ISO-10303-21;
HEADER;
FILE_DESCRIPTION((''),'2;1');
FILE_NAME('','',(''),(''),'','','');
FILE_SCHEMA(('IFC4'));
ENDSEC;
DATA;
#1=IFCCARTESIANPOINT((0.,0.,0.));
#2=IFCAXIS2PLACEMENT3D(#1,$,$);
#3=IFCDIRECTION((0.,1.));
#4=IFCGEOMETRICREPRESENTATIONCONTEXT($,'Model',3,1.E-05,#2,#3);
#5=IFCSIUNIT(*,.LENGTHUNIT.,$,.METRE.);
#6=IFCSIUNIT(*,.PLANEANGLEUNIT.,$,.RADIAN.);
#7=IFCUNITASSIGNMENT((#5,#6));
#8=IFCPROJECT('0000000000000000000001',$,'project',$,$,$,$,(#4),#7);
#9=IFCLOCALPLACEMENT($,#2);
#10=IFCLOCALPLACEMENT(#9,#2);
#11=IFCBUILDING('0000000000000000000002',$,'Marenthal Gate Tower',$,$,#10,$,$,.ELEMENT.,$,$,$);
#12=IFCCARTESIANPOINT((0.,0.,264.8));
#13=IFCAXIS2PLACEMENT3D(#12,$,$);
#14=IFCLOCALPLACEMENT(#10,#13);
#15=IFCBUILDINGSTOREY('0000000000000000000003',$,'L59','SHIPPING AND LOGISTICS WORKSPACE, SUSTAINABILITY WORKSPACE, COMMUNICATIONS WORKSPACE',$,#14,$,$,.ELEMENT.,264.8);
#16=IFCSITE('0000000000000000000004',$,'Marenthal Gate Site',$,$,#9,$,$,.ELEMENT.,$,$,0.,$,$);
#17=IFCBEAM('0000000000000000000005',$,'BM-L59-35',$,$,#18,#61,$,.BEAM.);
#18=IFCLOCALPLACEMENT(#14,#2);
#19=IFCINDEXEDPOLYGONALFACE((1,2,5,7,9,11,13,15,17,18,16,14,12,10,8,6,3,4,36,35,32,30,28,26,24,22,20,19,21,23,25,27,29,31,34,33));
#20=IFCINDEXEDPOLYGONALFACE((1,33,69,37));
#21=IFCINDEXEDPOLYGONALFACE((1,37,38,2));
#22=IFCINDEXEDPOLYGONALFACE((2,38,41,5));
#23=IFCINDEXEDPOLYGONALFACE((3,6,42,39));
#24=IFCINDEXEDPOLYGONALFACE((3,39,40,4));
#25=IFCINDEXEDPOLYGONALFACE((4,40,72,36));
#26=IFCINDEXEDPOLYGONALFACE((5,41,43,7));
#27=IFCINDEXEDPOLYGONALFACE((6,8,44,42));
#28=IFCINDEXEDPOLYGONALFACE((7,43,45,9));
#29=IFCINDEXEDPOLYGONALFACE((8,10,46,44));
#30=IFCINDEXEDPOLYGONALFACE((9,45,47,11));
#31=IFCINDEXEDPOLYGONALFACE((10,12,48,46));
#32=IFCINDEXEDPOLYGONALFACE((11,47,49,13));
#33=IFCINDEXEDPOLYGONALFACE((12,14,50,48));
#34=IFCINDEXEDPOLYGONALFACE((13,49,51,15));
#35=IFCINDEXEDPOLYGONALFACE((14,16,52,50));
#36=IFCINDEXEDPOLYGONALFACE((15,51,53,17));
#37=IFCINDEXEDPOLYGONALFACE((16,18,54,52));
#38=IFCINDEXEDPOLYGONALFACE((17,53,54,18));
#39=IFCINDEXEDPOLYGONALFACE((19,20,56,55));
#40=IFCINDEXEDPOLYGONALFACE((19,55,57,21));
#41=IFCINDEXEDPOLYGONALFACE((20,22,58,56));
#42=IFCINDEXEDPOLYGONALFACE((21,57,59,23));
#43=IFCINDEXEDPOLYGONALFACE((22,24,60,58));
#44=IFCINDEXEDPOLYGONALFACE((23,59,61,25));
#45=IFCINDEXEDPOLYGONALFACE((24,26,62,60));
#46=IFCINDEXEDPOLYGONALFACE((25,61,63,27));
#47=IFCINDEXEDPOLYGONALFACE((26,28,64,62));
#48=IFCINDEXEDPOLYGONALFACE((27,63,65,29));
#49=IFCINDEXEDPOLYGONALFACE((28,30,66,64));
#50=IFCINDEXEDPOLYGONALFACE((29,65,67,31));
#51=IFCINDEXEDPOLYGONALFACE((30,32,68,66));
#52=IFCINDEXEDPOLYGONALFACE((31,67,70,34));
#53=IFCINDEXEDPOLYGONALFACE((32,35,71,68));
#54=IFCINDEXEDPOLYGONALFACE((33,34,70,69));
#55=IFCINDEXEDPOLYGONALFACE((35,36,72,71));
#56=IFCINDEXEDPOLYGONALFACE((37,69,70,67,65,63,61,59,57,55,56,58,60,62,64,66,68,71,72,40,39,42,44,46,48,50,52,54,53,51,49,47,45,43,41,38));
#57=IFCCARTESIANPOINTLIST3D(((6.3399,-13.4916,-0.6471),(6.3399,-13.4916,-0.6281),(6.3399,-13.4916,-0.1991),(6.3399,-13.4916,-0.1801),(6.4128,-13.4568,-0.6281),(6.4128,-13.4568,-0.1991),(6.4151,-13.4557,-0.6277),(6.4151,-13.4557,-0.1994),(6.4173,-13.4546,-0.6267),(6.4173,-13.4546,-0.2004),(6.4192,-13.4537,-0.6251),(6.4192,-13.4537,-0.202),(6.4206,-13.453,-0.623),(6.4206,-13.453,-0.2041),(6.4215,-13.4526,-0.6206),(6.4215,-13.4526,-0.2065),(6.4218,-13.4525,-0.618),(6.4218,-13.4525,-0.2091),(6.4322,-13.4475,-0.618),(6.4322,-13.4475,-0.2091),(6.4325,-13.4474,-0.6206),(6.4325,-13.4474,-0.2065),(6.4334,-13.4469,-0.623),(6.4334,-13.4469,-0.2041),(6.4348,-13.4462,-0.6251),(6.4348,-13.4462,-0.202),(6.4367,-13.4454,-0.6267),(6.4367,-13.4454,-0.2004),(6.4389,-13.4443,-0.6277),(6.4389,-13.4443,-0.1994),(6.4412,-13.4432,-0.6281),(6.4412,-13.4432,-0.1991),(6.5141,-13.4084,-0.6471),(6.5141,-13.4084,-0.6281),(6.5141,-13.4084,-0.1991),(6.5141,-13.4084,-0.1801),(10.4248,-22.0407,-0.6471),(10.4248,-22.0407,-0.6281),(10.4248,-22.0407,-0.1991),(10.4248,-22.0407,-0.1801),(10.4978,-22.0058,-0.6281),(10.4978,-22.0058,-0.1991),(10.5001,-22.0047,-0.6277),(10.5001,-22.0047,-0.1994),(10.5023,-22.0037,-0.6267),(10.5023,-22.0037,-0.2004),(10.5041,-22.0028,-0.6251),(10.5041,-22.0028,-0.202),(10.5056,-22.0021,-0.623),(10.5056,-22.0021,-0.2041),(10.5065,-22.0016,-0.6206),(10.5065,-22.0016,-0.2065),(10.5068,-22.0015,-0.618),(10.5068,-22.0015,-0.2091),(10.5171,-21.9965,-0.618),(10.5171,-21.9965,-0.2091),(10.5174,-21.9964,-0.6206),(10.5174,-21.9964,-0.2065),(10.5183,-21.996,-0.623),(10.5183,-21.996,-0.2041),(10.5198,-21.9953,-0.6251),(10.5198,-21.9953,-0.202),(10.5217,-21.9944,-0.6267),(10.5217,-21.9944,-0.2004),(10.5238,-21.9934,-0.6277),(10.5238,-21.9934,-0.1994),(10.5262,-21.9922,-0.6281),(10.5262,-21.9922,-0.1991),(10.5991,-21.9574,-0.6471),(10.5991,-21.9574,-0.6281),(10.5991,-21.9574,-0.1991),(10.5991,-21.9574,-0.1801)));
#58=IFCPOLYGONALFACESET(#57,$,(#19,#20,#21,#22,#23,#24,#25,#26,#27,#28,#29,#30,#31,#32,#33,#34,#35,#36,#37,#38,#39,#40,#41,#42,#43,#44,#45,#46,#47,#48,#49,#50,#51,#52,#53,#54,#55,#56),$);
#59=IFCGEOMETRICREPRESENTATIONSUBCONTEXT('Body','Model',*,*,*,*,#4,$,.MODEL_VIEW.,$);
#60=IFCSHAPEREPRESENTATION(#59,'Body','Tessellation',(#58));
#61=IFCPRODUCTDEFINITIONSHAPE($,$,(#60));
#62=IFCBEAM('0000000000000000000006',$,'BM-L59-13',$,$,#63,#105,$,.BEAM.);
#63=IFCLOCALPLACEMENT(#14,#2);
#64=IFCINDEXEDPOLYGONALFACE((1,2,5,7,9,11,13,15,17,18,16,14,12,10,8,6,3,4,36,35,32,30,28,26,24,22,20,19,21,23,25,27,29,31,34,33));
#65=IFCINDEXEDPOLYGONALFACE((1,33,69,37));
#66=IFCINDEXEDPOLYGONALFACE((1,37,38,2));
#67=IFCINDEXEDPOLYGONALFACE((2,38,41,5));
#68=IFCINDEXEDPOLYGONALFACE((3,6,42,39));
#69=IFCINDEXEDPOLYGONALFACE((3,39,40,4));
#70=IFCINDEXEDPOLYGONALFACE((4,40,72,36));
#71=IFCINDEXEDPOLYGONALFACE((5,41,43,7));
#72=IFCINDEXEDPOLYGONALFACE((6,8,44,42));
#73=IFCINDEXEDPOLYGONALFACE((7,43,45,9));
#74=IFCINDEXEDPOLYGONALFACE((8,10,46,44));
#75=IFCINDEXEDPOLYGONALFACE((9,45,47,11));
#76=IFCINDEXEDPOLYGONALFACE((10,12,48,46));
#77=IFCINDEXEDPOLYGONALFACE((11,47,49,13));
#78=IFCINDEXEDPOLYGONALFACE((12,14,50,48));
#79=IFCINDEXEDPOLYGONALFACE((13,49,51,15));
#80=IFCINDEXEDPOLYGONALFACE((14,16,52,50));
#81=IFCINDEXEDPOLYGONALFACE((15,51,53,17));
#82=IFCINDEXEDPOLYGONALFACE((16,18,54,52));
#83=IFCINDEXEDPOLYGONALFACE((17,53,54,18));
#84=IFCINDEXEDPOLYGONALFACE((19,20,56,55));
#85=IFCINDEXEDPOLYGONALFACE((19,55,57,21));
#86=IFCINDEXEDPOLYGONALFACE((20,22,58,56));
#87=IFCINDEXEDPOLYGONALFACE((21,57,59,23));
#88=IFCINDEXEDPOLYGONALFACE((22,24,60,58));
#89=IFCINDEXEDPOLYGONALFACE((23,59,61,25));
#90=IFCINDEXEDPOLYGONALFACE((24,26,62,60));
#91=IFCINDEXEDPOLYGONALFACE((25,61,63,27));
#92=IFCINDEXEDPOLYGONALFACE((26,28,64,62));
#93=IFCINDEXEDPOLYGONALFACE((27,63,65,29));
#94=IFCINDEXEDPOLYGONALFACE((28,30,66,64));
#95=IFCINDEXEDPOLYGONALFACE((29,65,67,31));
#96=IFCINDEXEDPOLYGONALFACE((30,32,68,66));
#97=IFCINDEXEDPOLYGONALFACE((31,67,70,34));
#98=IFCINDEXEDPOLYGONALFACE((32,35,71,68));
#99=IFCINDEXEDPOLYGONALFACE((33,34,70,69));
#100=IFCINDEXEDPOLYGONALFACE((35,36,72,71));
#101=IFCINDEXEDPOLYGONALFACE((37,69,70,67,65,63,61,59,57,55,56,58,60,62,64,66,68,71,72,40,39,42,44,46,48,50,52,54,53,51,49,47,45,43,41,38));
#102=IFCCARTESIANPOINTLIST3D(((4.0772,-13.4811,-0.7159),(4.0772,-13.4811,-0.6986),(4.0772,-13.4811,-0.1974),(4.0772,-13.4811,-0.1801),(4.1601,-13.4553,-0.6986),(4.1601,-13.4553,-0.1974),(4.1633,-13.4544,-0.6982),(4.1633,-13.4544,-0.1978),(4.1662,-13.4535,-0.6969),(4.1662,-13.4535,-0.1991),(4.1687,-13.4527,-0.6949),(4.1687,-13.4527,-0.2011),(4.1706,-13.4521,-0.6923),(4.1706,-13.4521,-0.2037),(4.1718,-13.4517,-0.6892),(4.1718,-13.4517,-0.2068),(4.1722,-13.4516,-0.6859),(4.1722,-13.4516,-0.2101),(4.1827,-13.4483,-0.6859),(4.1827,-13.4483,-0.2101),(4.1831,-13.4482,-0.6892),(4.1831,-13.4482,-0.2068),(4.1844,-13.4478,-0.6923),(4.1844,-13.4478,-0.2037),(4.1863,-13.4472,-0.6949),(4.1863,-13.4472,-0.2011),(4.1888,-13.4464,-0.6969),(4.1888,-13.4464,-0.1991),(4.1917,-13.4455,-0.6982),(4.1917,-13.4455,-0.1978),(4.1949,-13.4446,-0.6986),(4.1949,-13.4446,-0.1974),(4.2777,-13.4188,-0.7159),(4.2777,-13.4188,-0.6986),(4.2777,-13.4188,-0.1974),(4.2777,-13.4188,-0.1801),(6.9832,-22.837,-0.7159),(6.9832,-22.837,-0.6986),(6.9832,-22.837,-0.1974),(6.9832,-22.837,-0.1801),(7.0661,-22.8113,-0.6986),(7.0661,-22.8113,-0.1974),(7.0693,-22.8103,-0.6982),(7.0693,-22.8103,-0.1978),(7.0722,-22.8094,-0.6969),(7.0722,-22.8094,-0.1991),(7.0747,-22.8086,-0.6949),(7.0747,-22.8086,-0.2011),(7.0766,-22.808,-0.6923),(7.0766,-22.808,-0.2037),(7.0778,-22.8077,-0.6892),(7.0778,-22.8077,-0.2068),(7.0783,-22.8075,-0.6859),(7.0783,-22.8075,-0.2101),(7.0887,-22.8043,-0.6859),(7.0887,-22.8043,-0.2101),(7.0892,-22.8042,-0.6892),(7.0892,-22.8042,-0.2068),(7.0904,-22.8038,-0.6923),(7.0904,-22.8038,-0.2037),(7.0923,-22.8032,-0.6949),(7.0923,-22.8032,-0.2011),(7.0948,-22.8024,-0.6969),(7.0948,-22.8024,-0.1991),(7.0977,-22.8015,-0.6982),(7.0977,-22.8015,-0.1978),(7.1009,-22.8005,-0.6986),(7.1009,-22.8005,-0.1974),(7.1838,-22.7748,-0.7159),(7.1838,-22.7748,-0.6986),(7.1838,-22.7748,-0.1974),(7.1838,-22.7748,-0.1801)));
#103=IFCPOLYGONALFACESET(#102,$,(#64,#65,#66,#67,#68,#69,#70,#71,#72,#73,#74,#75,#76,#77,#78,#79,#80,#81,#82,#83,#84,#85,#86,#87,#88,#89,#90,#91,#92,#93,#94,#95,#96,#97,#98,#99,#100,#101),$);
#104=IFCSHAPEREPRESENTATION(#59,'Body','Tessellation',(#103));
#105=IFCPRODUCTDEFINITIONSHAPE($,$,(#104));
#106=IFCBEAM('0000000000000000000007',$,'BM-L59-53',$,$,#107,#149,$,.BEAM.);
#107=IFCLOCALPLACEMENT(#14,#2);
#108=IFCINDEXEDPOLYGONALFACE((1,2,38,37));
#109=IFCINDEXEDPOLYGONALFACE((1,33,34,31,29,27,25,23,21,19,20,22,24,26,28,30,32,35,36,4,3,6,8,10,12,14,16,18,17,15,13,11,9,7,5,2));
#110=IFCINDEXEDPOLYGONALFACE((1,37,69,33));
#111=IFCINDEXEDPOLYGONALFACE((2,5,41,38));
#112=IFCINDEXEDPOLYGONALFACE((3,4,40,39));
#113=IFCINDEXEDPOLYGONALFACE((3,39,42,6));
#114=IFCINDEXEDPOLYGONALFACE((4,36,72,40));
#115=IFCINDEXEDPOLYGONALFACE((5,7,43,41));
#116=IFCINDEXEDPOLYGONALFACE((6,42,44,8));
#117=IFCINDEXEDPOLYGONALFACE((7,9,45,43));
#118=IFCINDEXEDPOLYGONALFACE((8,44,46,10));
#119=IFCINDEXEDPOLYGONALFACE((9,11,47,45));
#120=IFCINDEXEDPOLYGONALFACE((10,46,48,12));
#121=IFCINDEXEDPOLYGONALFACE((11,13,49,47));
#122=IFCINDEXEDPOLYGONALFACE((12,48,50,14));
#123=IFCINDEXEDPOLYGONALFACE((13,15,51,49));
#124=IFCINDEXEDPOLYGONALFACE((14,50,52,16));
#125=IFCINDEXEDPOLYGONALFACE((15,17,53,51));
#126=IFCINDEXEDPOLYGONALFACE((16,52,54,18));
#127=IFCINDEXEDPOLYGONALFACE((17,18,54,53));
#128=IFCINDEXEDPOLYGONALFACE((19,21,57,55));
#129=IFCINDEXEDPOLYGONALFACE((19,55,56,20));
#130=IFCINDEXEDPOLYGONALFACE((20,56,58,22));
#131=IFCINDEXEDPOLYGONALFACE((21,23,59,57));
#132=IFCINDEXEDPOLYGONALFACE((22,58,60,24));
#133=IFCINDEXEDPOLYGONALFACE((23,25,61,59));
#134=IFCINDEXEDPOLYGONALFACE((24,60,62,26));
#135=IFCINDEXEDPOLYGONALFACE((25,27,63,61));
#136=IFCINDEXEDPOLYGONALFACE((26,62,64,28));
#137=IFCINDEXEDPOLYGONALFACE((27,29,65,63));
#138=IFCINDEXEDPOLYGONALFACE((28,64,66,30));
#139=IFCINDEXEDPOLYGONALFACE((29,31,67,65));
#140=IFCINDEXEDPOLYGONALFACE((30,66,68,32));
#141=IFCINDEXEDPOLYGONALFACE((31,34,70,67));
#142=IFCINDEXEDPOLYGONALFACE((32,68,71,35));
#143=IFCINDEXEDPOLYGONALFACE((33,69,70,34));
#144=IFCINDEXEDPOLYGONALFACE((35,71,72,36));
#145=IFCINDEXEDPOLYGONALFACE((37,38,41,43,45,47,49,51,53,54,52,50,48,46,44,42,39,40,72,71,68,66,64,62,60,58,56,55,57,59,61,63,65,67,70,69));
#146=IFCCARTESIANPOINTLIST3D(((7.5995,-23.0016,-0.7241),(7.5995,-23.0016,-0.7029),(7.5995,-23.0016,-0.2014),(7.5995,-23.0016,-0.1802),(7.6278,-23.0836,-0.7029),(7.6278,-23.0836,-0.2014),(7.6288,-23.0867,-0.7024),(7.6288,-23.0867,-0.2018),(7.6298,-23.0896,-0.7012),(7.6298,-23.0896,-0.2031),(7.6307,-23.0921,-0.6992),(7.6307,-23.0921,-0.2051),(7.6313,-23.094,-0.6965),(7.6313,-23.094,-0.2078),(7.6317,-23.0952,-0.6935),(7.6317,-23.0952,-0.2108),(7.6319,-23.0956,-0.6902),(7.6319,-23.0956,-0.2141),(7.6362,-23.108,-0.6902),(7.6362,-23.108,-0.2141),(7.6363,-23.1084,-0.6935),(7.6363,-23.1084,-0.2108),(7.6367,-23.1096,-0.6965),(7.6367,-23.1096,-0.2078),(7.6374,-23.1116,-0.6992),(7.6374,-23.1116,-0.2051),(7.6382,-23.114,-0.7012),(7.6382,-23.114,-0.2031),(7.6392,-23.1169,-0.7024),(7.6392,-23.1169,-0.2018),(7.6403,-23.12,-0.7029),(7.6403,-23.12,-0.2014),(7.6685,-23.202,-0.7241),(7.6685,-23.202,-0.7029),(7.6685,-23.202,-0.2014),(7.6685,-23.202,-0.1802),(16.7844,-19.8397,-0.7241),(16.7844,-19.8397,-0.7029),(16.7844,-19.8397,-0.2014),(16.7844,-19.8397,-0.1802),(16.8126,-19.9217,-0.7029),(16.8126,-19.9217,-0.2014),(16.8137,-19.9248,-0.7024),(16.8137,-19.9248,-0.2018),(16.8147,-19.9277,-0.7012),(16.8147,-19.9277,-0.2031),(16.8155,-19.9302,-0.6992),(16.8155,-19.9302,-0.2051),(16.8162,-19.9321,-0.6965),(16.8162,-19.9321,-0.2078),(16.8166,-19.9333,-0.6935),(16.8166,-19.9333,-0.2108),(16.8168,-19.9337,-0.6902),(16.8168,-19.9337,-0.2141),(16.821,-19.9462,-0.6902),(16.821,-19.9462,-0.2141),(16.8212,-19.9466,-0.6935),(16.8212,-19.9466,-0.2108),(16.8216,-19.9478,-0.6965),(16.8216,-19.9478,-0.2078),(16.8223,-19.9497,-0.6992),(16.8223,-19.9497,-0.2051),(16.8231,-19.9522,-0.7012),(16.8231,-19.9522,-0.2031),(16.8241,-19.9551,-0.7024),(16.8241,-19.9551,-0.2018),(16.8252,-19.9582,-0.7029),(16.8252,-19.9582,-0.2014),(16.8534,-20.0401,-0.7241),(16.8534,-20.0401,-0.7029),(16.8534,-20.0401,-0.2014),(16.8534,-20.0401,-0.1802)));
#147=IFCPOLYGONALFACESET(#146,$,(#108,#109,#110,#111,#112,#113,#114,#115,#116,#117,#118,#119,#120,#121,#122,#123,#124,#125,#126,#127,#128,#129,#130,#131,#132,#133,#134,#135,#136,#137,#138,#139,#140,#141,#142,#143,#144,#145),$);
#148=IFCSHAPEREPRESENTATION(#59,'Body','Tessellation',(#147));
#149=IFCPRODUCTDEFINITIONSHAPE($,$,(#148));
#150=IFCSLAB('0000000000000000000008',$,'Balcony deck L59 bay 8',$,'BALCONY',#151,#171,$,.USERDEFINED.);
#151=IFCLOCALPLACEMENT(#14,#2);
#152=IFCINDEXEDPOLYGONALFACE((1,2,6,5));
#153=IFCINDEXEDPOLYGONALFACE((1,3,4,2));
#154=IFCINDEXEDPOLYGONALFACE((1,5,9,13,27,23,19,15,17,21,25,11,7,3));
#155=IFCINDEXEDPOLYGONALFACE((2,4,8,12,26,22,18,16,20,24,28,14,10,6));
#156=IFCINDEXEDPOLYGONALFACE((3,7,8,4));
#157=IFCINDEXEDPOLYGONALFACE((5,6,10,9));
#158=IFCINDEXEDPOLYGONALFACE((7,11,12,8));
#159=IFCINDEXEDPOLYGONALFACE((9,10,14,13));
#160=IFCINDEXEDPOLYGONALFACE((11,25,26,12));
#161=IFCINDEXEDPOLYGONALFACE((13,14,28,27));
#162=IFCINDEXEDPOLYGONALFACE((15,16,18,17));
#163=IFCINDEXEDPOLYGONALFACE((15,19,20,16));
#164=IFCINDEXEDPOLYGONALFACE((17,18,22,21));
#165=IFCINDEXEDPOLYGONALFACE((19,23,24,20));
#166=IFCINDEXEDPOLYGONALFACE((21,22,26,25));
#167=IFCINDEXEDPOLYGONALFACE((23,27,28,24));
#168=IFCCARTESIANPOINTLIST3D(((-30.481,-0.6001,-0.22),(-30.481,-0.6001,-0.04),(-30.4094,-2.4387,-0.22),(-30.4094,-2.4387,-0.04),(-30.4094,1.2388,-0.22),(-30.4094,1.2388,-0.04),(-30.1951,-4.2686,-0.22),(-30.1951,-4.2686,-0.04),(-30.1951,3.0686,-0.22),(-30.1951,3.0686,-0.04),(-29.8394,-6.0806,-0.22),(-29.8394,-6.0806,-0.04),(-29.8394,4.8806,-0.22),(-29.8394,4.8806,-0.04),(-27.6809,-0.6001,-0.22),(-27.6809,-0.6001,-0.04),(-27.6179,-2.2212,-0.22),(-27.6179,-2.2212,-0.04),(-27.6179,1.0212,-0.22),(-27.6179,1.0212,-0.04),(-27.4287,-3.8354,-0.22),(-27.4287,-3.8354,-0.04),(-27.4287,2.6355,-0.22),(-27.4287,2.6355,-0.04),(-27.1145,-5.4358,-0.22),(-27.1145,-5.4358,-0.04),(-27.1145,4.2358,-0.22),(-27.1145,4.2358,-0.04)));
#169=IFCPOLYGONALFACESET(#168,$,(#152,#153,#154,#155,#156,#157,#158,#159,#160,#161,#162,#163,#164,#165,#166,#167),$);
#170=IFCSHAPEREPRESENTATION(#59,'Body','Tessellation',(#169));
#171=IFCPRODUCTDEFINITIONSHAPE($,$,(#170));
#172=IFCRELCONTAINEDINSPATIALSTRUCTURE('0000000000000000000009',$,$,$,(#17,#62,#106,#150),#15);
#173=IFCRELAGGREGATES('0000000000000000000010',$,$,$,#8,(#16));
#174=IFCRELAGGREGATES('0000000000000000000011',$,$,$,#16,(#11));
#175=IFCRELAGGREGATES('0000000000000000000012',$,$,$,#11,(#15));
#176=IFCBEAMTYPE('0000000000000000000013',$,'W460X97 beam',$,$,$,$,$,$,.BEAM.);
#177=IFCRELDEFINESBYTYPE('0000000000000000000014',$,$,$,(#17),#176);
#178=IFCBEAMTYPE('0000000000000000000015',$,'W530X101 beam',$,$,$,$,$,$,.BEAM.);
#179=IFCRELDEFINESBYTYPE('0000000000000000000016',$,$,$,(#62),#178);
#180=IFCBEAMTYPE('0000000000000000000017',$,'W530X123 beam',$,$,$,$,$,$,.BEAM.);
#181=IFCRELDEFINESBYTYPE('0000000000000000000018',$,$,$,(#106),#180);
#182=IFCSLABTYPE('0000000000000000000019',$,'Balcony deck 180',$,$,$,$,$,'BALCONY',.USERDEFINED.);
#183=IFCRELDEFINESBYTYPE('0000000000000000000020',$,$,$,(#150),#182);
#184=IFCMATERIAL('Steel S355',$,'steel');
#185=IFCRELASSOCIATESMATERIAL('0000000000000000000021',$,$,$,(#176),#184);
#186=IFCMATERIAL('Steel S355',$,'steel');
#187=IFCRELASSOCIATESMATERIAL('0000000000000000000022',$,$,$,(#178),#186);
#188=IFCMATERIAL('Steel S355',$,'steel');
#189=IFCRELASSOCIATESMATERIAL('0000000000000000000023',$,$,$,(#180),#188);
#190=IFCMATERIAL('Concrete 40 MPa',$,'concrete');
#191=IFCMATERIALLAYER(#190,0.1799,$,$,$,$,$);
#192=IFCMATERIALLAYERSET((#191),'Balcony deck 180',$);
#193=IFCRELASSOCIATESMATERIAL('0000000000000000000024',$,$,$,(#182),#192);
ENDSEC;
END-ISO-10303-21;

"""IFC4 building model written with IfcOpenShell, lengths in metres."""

from ifc_helpers import new_model, si_unit, direction, frame, origin, origin_2d, place, context, subcontext, project, spatial, polyline, i_section, outline, extrude, material, layer, layer_set, material_profile, profile_set, type_object, element, save


model = new_model("IFC4")

# Units and contexts
model_context = context("Model", 3, precision=1e-05, world=origin(), true_north=direction((0.0, 1.0)))
body_context = subcontext(model_context, "Body", "Model", "MODEL_VIEW")
ifc_project = project(units=[si_unit("LENGTHUNIT", "METRE"), si_unit("PLANEANGLEUNIT", "RADIAN")], contexts=[model_context])

# Site, building, storey
site_placement = place(None, origin())
site = spatial("IfcSite", under=ifc_project, at=site_placement, Name="Marenthal Gate Site", CompositionType="ELEMENT", RefElevation=0.0)
building_placement = place(site_placement, origin())
building = spatial("IfcBuilding", under=site, at=building_placement, Name="Marenthal Gate Tower", CompositionType="ELEMENT")
storey_placement = place(building_placement, frame((0.0, 0.0, 264.8)))
storey = spatial("IfcBuildingStorey", under=building, at=storey_placement, Name="L59", Description="SHIPPING AND LOGISTICS WORKSPACE, SUSTAINABILITY WORKSPACE, COMMUNICATIONS WORKSPACE", CompositionType="ELEMENT", Elevation=264.8)

# Beams
ifc_material_1 = material(Name="Steel S355", Category="steel")
ifc_material_profile_1 = material_profile(ifc_material_1, i_section(OverallWidth=0.1931, OverallDepth=0.467, WebThickness=0.0115, FlangeThickness=0.019, FilletRadius=0.01, at=origin_2d()), Name="W460X97")
ifc_profile_set_1 = profile_set([ifc_material_profile_1], Name="Steel S355")
beam_type_1 = type_object("IfcBeamType", Name="W460X97 beam", PredefinedType="BEAM", material=ifc_profile_set_1)
beam_1_placement = place(storey_placement, frame((10.512, -21.999, -0.4136), z_axis=(-0.431135, 0.902287, 0.0), x_axis=(-0.902287, -0.431135, 0.0)))
element("IfcBeam", 1, at=beam_1_placement, inside=storey, type_object=beam_type_1, Name="BM-L59-35", PredefinedType="BEAM", context=body_context, shape_type="SweptSolid", body=[
    extrude(i_section(OverallWidth=0.1931, OverallDepth=0.467, WebThickness=0.0115, FlangeThickness=0.019, FilletRadius=0.01, at=origin_2d()), origin(), (0.0, 0.0, 1.0), 9.4749),
])
ifc_material_2 = material(Name="Steel S355", Category="steel")
ifc_material_profile_2 = material_profile(ifc_material_2, i_section(OverallWidth=0.21, OverallDepth=0.5359, WebThickness=0.011, FlangeThickness=0.0173, FilletRadius=0.0127, at=origin_2d()), Name="W530X101")
ifc_profile_set_2 = profile_set([ifc_material_profile_2], Name="Steel S355")
beam_type_2 = type_object("IfcBeamType", Name="W530X101 beam", PredefinedType="BEAM", material=ifc_profile_set_2)
beam_2_placement = place(storey_placement, frame((7.0835, -22.8059, -0.448), z_axis=(-0.296626, 0.954994, 0.0), x_axis=(-0.954994, -0.296626, 0.0)))
element("IfcBeam", 2, at=beam_2_placement, inside=storey, type_object=beam_type_2, Name="BM-L59-13", PredefinedType="BEAM", context=body_context, shape_type="SweptSolid", body=[
    extrude(i_section(OverallWidth=0.21, OverallDepth=0.5359, WebThickness=0.011, FlangeThickness=0.0173, FilletRadius=0.0127, at=origin_2d()), origin(), (0.0, 0.0, 1.0), 9.7969),
])
ifc_material_3 = material(Name="Steel S355", Category="steel")
ifc_material_profile_3 = material_profile(ifc_material_3, i_section(OverallWidth=0.2119, OverallDepth=0.5439, WebThickness=0.0132, FlangeThickness=0.0212, FilletRadius=0.0127, at=origin_2d()), Name="W530X123")
ifc_profile_set_3 = profile_set([ifc_material_profile_3], Name="Steel S355")
beam_type_3 = type_object("IfcBeamType", Name="W530X123 beam", PredefinedType="BEAM", material=ifc_profile_set_3)
beam_3_placement = place(storey_placement, frame((7.634, -23.1018, -0.4521), z_axis=(0.945541, 0.325502, 0.0), x_axis=(-0.325502, 0.945541, 0.0)))
element("IfcBeam", 3, at=beam_3_placement, inside=storey, type_object=beam_type_3, Name="BM-L59-53", PredefinedType="BEAM", context=body_context, shape_type="SweptSolid", body=[
    extrude(i_section(OverallWidth=0.2119, OverallDepth=0.5439, WebThickness=0.0132, FlangeThickness=0.0212, FilletRadius=0.0127, at=origin_2d()), origin(), (0.0, 0.0, 1.0), 9.7139),
])

# Slab
ifc_material_4 = material(Name="Concrete 40 MPa", Category="concrete")
ifc_layer_1 = layer(ifc_material_4, 0.1799)
ifc_layer_set_1 = layer_set([ifc_layer_1], Name="Balcony deck 180")
slab_type_1 = type_object("IfcSlabType", Name="Balcony deck 180", ElementType="BALCONY", PredefinedType="USERDEFINED", material=ifc_layer_set_1)
slab_1_placement = place(storey_placement, frame((0.0, 0.0, -0.22)))
element("IfcSlab", 4, at=slab_1_placement, inside=storey, type_object=slab_type_1, Name="Balcony deck L59 bay 8", ObjectType="BALCONY", PredefinedType="USERDEFINED", context=body_context, shape_type="SweptSolid", body=[
    extrude(outline(polyline([(-27.1145, 4.2358), (-27.4287, 2.6355), (-27.6179, 1.0212), (-27.6809, -0.6001), (-27.6179, -2.2212), (-27.4287, -3.8354), (-27.1145, -5.4358), (-29.8394, -6.0806), (-30.1951, -4.2686), (-30.4094, -2.4387), (-30.481, -0.6001), (-30.4094, 1.2388), (-30.1951, 3.0686), (-29.8394, 4.8806), (-27.1145, 4.2358)])), origin(), (0.0, 0.0, 1.0), 0.1799),
])

save(model, "model.ifc")
